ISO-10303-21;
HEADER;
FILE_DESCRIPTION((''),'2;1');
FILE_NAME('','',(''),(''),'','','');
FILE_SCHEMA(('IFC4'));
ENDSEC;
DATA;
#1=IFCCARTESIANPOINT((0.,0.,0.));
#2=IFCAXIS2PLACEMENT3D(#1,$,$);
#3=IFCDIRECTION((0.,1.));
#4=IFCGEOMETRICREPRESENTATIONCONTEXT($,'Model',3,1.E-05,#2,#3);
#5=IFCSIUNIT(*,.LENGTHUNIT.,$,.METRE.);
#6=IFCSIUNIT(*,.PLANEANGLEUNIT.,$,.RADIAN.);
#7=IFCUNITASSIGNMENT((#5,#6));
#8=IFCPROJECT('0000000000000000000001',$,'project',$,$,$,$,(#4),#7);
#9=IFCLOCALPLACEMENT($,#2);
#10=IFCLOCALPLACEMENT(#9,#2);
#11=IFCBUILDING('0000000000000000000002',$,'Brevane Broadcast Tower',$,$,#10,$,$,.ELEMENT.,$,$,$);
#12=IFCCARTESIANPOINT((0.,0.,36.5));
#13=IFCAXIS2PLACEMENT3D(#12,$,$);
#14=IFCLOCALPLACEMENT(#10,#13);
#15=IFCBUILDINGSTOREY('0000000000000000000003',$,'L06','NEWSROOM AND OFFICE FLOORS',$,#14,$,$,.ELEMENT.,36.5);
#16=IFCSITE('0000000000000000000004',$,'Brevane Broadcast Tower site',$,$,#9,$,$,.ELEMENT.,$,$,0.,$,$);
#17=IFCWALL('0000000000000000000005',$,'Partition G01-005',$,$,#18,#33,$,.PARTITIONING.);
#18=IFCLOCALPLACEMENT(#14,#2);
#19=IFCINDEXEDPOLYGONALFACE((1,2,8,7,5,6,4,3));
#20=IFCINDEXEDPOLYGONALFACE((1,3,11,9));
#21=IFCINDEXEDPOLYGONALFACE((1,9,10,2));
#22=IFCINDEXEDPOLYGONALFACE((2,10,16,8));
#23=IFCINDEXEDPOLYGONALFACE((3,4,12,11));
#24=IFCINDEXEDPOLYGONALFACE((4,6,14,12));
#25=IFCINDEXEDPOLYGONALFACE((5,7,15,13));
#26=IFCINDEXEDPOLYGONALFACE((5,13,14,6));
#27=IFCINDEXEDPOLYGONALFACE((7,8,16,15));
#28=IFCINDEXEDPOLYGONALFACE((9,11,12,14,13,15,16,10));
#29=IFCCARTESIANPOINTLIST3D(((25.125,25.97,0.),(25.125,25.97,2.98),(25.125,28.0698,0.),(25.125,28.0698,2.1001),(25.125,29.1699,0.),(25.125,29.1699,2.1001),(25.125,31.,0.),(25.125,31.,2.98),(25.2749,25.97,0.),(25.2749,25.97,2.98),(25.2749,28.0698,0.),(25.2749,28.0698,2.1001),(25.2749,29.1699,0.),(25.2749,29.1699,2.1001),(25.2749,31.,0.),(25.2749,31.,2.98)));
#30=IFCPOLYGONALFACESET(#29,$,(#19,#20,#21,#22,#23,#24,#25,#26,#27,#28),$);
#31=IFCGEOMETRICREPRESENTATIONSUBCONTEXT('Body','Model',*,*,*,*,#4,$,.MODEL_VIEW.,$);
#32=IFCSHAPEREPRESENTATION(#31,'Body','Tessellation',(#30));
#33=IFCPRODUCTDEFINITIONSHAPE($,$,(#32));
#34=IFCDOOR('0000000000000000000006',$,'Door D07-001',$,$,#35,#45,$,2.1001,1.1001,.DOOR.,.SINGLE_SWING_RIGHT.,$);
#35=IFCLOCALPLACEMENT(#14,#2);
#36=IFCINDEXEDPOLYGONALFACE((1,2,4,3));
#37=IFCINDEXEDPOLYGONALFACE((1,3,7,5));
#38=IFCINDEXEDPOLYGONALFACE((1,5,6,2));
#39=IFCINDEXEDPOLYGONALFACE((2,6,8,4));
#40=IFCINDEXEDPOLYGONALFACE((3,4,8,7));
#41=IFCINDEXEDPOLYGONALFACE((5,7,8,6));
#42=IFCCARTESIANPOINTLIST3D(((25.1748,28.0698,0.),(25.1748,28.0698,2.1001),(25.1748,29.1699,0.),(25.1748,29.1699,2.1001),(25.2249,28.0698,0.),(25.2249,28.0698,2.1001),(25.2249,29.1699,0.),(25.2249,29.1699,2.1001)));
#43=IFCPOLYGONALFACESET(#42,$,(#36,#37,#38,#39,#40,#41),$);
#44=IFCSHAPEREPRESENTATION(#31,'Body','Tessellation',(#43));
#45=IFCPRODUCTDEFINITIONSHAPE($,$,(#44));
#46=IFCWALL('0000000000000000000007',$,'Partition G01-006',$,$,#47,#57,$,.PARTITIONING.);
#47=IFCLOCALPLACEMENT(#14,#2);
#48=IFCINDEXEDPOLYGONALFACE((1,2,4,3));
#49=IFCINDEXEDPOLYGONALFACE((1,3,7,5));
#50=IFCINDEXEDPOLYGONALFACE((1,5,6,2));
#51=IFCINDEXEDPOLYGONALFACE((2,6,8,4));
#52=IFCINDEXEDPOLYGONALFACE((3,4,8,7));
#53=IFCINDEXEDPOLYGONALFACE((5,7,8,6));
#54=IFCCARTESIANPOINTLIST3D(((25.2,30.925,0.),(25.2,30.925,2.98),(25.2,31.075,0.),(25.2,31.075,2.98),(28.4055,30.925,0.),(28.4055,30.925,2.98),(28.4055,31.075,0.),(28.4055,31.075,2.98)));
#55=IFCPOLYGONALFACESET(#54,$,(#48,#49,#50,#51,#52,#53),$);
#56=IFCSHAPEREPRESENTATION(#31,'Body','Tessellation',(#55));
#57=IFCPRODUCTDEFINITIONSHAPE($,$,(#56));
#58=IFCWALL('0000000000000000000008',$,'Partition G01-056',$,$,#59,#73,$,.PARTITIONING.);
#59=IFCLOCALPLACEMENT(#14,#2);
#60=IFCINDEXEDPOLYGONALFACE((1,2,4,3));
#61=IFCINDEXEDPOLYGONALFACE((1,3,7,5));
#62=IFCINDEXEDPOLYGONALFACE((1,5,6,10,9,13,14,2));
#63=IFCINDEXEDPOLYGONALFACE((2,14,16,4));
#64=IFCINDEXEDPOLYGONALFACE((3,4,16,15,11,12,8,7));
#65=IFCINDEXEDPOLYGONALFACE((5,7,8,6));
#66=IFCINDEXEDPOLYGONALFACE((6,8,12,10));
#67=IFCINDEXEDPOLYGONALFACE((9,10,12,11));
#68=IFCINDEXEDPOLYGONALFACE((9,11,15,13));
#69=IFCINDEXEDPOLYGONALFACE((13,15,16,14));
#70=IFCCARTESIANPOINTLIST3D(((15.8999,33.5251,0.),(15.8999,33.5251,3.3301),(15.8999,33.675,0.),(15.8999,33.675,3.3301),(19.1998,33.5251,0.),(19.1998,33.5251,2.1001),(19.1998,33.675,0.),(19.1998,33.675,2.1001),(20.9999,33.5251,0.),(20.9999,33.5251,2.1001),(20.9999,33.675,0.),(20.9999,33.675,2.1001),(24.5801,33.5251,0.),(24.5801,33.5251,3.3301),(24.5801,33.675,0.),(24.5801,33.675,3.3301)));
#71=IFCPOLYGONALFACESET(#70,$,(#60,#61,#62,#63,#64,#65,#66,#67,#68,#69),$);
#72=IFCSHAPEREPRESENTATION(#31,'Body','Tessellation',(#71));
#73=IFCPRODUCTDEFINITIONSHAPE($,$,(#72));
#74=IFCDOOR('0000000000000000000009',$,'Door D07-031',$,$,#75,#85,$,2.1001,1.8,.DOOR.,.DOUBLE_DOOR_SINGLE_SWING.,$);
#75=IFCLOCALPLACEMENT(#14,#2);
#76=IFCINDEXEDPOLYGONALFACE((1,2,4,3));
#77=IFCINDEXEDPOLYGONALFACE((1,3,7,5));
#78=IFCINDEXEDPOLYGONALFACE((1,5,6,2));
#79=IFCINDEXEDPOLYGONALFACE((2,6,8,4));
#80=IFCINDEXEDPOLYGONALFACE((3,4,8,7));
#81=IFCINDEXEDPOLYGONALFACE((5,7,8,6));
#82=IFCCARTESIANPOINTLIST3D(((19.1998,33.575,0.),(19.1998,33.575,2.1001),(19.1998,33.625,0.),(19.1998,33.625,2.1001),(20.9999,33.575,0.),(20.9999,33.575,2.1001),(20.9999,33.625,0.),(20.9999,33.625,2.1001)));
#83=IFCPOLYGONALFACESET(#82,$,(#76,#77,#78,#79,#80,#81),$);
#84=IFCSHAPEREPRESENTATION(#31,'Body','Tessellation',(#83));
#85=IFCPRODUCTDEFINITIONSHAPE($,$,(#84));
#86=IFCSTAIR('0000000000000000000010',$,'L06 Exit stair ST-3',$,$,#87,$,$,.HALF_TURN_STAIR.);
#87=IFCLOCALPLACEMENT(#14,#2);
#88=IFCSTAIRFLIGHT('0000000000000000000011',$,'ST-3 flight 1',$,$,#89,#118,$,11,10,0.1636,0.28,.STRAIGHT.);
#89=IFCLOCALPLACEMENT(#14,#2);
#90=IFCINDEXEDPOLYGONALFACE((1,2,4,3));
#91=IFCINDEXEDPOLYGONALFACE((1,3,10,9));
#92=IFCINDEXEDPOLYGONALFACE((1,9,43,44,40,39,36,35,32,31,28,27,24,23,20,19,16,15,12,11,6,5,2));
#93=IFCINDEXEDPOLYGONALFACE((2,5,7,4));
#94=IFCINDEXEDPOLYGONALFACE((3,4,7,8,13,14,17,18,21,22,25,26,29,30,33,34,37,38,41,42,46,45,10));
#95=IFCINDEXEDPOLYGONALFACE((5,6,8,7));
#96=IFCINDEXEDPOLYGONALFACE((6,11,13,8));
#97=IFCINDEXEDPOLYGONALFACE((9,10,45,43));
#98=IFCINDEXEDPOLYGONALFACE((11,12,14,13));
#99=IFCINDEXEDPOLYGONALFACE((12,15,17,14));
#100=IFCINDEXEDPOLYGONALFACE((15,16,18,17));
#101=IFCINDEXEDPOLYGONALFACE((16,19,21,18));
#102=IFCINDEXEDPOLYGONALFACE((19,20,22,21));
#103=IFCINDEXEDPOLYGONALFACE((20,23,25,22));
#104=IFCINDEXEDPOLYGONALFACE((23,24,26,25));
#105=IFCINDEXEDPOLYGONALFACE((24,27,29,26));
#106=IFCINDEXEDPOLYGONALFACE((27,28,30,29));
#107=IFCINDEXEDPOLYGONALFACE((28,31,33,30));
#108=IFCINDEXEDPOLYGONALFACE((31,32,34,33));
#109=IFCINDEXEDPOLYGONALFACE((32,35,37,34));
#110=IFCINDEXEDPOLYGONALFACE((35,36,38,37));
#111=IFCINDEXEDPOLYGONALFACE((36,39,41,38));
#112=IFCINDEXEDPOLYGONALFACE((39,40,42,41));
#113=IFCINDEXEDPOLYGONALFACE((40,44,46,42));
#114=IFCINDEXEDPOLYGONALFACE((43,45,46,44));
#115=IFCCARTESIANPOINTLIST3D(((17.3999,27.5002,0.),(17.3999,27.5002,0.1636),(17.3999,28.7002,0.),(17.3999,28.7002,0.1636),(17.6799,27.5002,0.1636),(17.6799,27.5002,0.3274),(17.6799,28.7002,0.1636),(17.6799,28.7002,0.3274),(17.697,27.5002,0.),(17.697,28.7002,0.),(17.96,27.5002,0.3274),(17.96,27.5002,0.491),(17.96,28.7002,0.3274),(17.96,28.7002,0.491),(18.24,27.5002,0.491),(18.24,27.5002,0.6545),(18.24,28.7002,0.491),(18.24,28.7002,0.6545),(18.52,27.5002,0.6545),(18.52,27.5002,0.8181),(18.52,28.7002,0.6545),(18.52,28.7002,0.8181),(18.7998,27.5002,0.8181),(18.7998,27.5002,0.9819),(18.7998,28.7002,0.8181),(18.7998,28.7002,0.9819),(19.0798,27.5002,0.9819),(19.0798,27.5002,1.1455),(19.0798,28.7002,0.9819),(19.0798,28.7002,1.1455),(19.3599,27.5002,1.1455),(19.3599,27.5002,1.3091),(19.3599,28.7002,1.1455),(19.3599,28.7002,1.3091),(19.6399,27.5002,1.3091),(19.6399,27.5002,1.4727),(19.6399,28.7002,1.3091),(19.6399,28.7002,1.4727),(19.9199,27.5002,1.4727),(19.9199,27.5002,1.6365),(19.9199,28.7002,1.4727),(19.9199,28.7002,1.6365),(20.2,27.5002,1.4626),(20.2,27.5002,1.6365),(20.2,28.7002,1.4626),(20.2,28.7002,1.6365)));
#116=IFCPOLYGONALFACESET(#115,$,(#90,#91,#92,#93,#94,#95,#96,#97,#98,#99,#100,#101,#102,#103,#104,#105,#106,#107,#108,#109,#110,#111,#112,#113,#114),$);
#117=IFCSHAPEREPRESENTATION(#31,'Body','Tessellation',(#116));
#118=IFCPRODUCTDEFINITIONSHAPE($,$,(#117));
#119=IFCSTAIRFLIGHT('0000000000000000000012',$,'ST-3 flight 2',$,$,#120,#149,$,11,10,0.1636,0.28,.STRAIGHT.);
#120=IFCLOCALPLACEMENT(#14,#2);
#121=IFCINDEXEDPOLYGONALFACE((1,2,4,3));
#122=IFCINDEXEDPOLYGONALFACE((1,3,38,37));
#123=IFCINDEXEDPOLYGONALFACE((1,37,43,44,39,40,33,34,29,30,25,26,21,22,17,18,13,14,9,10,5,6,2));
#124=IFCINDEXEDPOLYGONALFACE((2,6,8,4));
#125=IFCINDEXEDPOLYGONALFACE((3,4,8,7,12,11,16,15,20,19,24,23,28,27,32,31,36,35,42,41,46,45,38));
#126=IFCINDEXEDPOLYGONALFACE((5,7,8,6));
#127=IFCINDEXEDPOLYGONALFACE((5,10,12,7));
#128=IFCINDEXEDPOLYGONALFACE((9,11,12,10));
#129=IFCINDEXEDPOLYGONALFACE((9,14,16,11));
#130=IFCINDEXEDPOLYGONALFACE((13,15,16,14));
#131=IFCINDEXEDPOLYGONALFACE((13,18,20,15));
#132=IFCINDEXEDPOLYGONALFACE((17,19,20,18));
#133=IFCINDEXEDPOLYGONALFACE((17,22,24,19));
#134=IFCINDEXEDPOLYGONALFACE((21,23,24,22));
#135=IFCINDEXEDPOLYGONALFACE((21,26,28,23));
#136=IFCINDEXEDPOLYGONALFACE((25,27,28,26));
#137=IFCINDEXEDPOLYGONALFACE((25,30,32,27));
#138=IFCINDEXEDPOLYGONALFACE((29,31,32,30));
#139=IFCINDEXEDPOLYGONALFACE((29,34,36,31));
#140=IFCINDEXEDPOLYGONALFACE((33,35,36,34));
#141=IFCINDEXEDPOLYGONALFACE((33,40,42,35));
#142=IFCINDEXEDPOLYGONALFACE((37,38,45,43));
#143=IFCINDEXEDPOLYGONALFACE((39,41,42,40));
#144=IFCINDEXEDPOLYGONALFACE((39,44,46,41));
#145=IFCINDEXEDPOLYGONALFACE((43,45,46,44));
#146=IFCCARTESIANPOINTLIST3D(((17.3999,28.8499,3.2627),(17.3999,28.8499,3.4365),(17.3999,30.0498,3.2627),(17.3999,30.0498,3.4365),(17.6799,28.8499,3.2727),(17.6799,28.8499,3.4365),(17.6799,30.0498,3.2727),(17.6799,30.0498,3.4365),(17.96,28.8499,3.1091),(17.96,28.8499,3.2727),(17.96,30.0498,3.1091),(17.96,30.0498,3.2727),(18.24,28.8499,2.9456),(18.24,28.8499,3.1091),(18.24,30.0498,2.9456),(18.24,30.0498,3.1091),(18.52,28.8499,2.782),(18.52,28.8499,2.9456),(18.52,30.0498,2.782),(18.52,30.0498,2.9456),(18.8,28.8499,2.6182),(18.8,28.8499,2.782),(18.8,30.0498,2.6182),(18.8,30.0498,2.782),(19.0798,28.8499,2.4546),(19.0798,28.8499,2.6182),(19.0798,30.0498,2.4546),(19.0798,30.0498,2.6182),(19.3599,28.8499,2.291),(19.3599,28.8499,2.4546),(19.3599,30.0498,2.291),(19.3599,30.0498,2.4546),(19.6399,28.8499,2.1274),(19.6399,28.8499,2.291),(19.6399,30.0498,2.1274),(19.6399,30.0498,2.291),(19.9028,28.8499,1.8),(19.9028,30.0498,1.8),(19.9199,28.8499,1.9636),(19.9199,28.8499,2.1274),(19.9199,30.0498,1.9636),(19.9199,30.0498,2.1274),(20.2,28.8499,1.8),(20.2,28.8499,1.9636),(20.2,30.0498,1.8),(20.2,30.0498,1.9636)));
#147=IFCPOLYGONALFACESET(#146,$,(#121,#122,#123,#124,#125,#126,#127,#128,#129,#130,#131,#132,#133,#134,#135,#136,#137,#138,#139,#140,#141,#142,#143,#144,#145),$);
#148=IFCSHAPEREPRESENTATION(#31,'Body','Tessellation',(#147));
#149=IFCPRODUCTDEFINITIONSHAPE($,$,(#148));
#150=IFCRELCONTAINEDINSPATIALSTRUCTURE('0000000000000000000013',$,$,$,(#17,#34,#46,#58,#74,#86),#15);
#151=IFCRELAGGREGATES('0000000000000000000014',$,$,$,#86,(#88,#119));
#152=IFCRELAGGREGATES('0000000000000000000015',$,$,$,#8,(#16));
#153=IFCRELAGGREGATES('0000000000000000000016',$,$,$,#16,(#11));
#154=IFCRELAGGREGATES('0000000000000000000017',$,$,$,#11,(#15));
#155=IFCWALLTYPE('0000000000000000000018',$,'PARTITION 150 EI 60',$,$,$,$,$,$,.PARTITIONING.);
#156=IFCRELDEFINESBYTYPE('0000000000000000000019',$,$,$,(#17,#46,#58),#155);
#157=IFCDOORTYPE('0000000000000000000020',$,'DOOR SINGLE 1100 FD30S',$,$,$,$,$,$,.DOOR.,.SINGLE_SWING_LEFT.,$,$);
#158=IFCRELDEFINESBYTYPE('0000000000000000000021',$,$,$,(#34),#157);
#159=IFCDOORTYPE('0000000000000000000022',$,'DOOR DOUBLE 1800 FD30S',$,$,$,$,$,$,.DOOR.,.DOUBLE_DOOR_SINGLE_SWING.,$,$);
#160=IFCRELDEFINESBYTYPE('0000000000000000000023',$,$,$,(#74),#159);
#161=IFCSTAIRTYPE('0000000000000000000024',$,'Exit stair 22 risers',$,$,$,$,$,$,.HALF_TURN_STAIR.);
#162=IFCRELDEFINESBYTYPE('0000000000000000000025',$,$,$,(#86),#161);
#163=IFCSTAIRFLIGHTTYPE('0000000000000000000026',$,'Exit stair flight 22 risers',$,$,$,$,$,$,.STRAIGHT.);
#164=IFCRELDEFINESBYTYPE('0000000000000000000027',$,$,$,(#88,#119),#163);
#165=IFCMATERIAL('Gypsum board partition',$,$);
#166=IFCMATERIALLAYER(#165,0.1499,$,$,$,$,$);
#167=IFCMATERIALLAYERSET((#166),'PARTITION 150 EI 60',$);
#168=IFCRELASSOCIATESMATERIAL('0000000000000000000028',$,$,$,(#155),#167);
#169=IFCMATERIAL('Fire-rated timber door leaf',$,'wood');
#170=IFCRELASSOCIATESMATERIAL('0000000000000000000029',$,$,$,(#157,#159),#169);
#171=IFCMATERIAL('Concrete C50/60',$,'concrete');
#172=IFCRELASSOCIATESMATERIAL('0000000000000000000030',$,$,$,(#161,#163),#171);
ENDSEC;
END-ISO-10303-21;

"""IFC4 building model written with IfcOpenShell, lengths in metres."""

from ifc_helpers import new_model, si_unit, direction, frame, frame_2d, origin, place, context, subcontext, project, spatial, polyline, rectangle, outline, extrude, material, layer, layer_set, type_object, element, fill, aggregate, save


model = new_model("IFC4")

# Units and contexts
model_context = context("Model", 3, precision=1e-05, world=origin(), true_north=direction((0.0, 1.0)))
body_context = subcontext(model_context, "Body", "Model", "MODEL_VIEW")
ifc_project = project(units=[si_unit("LENGTHUNIT", "METRE"), si_unit("PLANEANGLEUNIT", "RADIAN")], contexts=[model_context])

# Site, building, storey
site_placement = place(None, origin())
site = spatial("IfcSite", under=ifc_project, at=site_placement, Name="Brevane Broadcast Tower site", CompositionType="ELEMENT", RefElevation=0.0)
building_placement = place(site_placement, origin())
building = spatial("IfcBuilding", under=site, at=building_placement, Name="Brevane Broadcast Tower", CompositionType="ELEMENT")
storey_placement = place(building_placement, frame((0.0, 0.0, 36.5)))
storey = spatial("IfcBuildingStorey", under=building, at=storey_placement, Name="L06", Description="NEWSROOM AND OFFICE FLOORS", CompositionType="ELEMENT", Elevation=36.5)

# Wall, opening, door
ifc_material_1 = material(Name="Gypsum board partition")
ifc_layer_1 = layer(ifc_material_1, 0.1499)
ifc_layer_set_1 = layer_set([ifc_layer_1], Name="PARTITION 150 EI 60")
wall_type_1 = type_object("IfcWallType", Name="PARTITION 150 EI 60", PredefinedType="PARTITIONING", material=ifc_layer_set_1)
wall_1_placement = place(storey_placement, frame((25.2, 31.0, 0.0), z_axis=(0.0, 0.0, 1.0), x_axis=(0.0, -1.0, 0.0)))
wall_1 = element("IfcWall", 1, at=wall_1_placement, inside=storey, type_object=wall_type_1, Name="Partition G01-005", PredefinedType="PARTITIONING", context=body_context, shape_type="SweptSolid", body=[
    extrude(outline(polyline([(0.0, 0.0), (5.03, 0.0), (5.03, 2.98), (0.0, 2.98), (0.0, 0.0)])), frame((0.0, 0.075, 0.0), z_axis=(0.0, -1.0, 0.0), x_axis=(1.0, 0.0, 0.0)), (0.0, 0.0, 1.0), 0.1499),
])
opening_1_placement = place(wall_1_placement, frame((1.8301, 0.0, 0.0)))
opening_1 = element("IfcOpeningElement", 2, at=opening_1_placement, cuts=wall_1, PredefinedType="OPENING", context=body_context, shape_type="SweptSolid", body=[
    extrude(rectangle(XDim=1.1001, YDim=2.1001, at=frame_2d((0.55, 1.05))), frame((0.0, 0.085, 0.0), z_axis=(0.0, -1.0, 0.0), x_axis=(1.0, 0.0, 0.0)), (0.0, 0.0, 1.0), 0.1699),
])
ifc_material_2 = material(Name="Fire-rated timber door leaf", Category="wood")
door_type_1 = type_object("IfcDoorType", Name="DOOR SINGLE 1100 FD30S", OperationType="SINGLE_SWING_LEFT", PredefinedType="DOOR", material=ifc_material_2)
door_1_placement = place(opening_1_placement, origin())
door_1 = element("IfcDoor", 3, at=door_1_placement, inside=storey, type_object=door_type_1, Name="Door D07-001", OperationType="SINGLE_SWING_RIGHT", OverallHeight=2.1001, OverallWidth=1.1001, PredefinedType="DOOR", context=body_context, shape_type="SweptSolid", body=[
    extrude(rectangle(XDim=1.1001, YDim=2.1001, at=frame_2d((0.55, 1.05))), frame((0.0, 0.0249, 0.0), z_axis=(0.0, -1.0, 0.0), x_axis=(1.0, 0.0, 0.0)), (0.0, 0.0, 1.0), 0.05),
])
fill(opening_1, door_1)

# Wall
wall_2_placement = place(storey_placement, frame((25.2, 31.0, 0.0), z_axis=(0.0, 0.0, 1.0), x_axis=(1.0, 0.0, 0.0)))
element("IfcWall", 4, at=wall_2_placement, inside=storey, type_object=wall_type_1, Name="Partition G01-006", PredefinedType="PARTITIONING", context=body_context, shape_type="SweptSolid", body=[
    extrude(rectangle(XDim=3.2056, YDim=0.1499, at=frame_2d((1.6028, 0.0))), origin(), (0.0, 0.0, 1.0), 2.98),
])

# Wall, opening, door
wall_3_placement = place(storey_placement, frame((15.8999, 33.6001, 0.0), z_axis=(0.0, 0.0, 1.0), x_axis=(1.0, 0.0, 0.0)))
wall_3 = element("IfcWall", 5, at=wall_3_placement, inside=storey, type_object=wall_type_1, Name="Partition G01-056", PredefinedType="PARTITIONING", context=body_context, shape_type="SweptSolid", body=[
    extrude(rectangle(XDim=8.6802, YDim=0.1499, at=frame_2d((4.3401, 0.0))), origin(), (0.0, 0.0, 1.0), 3.3301),
])
opening_2_placement = place(wall_3_placement, frame((3.3, 0.0, 0.0)))
opening_2 = element("IfcOpeningElement", 6, at=opening_2_placement, cuts=wall_3, PredefinedType="OPENING", context=body_context, shape_type="SweptSolid", body=[
    extrude(rectangle(XDim=1.8, YDim=2.1001, at=frame_2d((0.8999, 1.05))), frame((0.0, 0.085, 0.0), z_axis=(0.0, -1.0, 0.0), x_axis=(1.0, 0.0, 0.0)), (0.0, 0.0, 1.0), 0.1699),
])
door_type_2 = type_object("IfcDoorType", Name="DOOR DOUBLE 1800 FD30S", OperationType="DOUBLE_DOOR_SINGLE_SWING", PredefinedType="DOOR", material=ifc_material_2)
door_2_placement = place(opening_2_placement, origin())
door_2 = element("IfcDoor", 7, at=door_2_placement, inside=storey, type_object=door_type_2, Name="Door D07-031", OperationType="DOUBLE_DOOR_SINGLE_SWING", OverallHeight=2.1001, OverallWidth=1.8, PredefinedType="DOOR", context=body_context, shape_type="SweptSolid", body=[
    extrude(rectangle(XDim=1.8, YDim=2.1001, at=frame_2d((0.8999, 1.05))), frame((0.0, 0.0249, 0.0), z_axis=(0.0, -1.0, 0.0), x_axis=(1.0, 0.0, 0.0)), (0.0, 0.0, 1.0), 0.05),
])
fill(opening_2, door_2)

# Stair, stair flights
ifc_material_3 = material(Name="Concrete C50/60", Category="concrete")
stair_type = type_object("IfcStairType", Name="Exit stair 22 risers", PredefinedType="HALF_TURN_STAIR", material=ifc_material_3)
stair_placement = place(storey_placement, origin())
stair = element("IfcStair", 8, at=stair_placement, inside=storey, type_object=stair_type, Name="L06 Exit stair ST-3", PredefinedType="HALF_TURN_STAIR")
stair_flight_type = type_object("IfcStairFlightType", Name="Exit stair flight 22 risers", PredefinedType="STRAIGHT", material=ifc_material_3)
stair_flight_1_placement = place(storey_placement, frame((17.3999, 28.1001, 0.0), z_axis=(0.0, 0.0, 1.0), x_axis=(1.0, 0.0, 0.0)))
stair_flight_1 = element("IfcStairFlight", 9, at=stair_flight_1_placement, type_object=stair_flight_type, Name="ST-3 flight 1", NumberOfRisers=11, NumberOfTreads=10, PredefinedType="STRAIGHT", RiserHeight=0.1636, TreadLength=0.28, context=body_context, shape_type="SweptSolid", body=[
    extrude(outline(polyline([(0.0, 0.0), (0.0, 0.1636), (0.28, 0.1636), (0.28, 0.3274), (0.5601, 0.3274), (0.5601, 0.491), (0.8401, 0.491), (0.8401, 0.6545), (1.1201, 0.6545), (1.1201, 0.8181), (1.3999, 0.8181), (1.3999, 0.9819), (1.6799, 0.9819), (1.6799, 1.1455), (1.96, 1.1455), (1.96, 1.3091), (2.24, 1.3091), (2.24, 1.4727), (2.52, 1.4727), (2.52, 1.6365), (2.8, 1.6365), (2.8, 1.8), (2.8, 1.4626), (0.2971, 0.0), (0.0, 0.0)])), frame((0.0, 0.6001, 0.0), z_axis=(0.0, -1.0, 0.0), x_axis=(1.0, 0.0, 0.0)), (0.0, 0.0, 1.0), 1.2),
])
stair_flight_2_placement = place(storey_placement, frame((20.2, 29.45, 1.8), z_axis=(0.0, 0.0, 1.0), x_axis=(-1.0, 0.0, 0.0)))
stair_flight_2 = element("IfcStairFlight", 10, at=stair_flight_2_placement, type_object=stair_flight_type, Name="ST-3 flight 2", NumberOfRisers=11, NumberOfTreads=10, PredefinedType="STRAIGHT", RiserHeight=0.1636, TreadLength=0.28, context=body_context, shape_type="SweptSolid", body=[
    extrude(outline(polyline([(0.0, 0.0), (0.0, 0.1636), (0.28, 0.1636), (0.28, 0.3274), (0.5601, 0.3274), (0.5601, 0.491), (0.8401, 0.491), (0.8401, 0.6545), (1.1201, 0.6545), (1.1201, 0.8181), (1.3999, 0.8181), (1.3999, 0.9819), (1.6799, 0.9819), (1.6799, 1.1455), (1.96, 1.1455), (1.96, 1.3091), (2.24, 1.3091), (2.24, 1.4727), (2.52, 1.4727), (2.52, 1.6365), (2.8, 1.6365), (2.8, 1.8), (2.8, 1.4626), (0.2971, 0.0), (0.0, 0.0)])), frame((0.0, 0.6001, 0.0), z_axis=(0.0, -1.0, 0.0), x_axis=(1.0, 0.0, 0.0)), (0.0, 0.0, 1.0), 1.2),
])
aggregate(stair, [stair_flight_1, stair_flight_2])

save(model, "model.ifc")
